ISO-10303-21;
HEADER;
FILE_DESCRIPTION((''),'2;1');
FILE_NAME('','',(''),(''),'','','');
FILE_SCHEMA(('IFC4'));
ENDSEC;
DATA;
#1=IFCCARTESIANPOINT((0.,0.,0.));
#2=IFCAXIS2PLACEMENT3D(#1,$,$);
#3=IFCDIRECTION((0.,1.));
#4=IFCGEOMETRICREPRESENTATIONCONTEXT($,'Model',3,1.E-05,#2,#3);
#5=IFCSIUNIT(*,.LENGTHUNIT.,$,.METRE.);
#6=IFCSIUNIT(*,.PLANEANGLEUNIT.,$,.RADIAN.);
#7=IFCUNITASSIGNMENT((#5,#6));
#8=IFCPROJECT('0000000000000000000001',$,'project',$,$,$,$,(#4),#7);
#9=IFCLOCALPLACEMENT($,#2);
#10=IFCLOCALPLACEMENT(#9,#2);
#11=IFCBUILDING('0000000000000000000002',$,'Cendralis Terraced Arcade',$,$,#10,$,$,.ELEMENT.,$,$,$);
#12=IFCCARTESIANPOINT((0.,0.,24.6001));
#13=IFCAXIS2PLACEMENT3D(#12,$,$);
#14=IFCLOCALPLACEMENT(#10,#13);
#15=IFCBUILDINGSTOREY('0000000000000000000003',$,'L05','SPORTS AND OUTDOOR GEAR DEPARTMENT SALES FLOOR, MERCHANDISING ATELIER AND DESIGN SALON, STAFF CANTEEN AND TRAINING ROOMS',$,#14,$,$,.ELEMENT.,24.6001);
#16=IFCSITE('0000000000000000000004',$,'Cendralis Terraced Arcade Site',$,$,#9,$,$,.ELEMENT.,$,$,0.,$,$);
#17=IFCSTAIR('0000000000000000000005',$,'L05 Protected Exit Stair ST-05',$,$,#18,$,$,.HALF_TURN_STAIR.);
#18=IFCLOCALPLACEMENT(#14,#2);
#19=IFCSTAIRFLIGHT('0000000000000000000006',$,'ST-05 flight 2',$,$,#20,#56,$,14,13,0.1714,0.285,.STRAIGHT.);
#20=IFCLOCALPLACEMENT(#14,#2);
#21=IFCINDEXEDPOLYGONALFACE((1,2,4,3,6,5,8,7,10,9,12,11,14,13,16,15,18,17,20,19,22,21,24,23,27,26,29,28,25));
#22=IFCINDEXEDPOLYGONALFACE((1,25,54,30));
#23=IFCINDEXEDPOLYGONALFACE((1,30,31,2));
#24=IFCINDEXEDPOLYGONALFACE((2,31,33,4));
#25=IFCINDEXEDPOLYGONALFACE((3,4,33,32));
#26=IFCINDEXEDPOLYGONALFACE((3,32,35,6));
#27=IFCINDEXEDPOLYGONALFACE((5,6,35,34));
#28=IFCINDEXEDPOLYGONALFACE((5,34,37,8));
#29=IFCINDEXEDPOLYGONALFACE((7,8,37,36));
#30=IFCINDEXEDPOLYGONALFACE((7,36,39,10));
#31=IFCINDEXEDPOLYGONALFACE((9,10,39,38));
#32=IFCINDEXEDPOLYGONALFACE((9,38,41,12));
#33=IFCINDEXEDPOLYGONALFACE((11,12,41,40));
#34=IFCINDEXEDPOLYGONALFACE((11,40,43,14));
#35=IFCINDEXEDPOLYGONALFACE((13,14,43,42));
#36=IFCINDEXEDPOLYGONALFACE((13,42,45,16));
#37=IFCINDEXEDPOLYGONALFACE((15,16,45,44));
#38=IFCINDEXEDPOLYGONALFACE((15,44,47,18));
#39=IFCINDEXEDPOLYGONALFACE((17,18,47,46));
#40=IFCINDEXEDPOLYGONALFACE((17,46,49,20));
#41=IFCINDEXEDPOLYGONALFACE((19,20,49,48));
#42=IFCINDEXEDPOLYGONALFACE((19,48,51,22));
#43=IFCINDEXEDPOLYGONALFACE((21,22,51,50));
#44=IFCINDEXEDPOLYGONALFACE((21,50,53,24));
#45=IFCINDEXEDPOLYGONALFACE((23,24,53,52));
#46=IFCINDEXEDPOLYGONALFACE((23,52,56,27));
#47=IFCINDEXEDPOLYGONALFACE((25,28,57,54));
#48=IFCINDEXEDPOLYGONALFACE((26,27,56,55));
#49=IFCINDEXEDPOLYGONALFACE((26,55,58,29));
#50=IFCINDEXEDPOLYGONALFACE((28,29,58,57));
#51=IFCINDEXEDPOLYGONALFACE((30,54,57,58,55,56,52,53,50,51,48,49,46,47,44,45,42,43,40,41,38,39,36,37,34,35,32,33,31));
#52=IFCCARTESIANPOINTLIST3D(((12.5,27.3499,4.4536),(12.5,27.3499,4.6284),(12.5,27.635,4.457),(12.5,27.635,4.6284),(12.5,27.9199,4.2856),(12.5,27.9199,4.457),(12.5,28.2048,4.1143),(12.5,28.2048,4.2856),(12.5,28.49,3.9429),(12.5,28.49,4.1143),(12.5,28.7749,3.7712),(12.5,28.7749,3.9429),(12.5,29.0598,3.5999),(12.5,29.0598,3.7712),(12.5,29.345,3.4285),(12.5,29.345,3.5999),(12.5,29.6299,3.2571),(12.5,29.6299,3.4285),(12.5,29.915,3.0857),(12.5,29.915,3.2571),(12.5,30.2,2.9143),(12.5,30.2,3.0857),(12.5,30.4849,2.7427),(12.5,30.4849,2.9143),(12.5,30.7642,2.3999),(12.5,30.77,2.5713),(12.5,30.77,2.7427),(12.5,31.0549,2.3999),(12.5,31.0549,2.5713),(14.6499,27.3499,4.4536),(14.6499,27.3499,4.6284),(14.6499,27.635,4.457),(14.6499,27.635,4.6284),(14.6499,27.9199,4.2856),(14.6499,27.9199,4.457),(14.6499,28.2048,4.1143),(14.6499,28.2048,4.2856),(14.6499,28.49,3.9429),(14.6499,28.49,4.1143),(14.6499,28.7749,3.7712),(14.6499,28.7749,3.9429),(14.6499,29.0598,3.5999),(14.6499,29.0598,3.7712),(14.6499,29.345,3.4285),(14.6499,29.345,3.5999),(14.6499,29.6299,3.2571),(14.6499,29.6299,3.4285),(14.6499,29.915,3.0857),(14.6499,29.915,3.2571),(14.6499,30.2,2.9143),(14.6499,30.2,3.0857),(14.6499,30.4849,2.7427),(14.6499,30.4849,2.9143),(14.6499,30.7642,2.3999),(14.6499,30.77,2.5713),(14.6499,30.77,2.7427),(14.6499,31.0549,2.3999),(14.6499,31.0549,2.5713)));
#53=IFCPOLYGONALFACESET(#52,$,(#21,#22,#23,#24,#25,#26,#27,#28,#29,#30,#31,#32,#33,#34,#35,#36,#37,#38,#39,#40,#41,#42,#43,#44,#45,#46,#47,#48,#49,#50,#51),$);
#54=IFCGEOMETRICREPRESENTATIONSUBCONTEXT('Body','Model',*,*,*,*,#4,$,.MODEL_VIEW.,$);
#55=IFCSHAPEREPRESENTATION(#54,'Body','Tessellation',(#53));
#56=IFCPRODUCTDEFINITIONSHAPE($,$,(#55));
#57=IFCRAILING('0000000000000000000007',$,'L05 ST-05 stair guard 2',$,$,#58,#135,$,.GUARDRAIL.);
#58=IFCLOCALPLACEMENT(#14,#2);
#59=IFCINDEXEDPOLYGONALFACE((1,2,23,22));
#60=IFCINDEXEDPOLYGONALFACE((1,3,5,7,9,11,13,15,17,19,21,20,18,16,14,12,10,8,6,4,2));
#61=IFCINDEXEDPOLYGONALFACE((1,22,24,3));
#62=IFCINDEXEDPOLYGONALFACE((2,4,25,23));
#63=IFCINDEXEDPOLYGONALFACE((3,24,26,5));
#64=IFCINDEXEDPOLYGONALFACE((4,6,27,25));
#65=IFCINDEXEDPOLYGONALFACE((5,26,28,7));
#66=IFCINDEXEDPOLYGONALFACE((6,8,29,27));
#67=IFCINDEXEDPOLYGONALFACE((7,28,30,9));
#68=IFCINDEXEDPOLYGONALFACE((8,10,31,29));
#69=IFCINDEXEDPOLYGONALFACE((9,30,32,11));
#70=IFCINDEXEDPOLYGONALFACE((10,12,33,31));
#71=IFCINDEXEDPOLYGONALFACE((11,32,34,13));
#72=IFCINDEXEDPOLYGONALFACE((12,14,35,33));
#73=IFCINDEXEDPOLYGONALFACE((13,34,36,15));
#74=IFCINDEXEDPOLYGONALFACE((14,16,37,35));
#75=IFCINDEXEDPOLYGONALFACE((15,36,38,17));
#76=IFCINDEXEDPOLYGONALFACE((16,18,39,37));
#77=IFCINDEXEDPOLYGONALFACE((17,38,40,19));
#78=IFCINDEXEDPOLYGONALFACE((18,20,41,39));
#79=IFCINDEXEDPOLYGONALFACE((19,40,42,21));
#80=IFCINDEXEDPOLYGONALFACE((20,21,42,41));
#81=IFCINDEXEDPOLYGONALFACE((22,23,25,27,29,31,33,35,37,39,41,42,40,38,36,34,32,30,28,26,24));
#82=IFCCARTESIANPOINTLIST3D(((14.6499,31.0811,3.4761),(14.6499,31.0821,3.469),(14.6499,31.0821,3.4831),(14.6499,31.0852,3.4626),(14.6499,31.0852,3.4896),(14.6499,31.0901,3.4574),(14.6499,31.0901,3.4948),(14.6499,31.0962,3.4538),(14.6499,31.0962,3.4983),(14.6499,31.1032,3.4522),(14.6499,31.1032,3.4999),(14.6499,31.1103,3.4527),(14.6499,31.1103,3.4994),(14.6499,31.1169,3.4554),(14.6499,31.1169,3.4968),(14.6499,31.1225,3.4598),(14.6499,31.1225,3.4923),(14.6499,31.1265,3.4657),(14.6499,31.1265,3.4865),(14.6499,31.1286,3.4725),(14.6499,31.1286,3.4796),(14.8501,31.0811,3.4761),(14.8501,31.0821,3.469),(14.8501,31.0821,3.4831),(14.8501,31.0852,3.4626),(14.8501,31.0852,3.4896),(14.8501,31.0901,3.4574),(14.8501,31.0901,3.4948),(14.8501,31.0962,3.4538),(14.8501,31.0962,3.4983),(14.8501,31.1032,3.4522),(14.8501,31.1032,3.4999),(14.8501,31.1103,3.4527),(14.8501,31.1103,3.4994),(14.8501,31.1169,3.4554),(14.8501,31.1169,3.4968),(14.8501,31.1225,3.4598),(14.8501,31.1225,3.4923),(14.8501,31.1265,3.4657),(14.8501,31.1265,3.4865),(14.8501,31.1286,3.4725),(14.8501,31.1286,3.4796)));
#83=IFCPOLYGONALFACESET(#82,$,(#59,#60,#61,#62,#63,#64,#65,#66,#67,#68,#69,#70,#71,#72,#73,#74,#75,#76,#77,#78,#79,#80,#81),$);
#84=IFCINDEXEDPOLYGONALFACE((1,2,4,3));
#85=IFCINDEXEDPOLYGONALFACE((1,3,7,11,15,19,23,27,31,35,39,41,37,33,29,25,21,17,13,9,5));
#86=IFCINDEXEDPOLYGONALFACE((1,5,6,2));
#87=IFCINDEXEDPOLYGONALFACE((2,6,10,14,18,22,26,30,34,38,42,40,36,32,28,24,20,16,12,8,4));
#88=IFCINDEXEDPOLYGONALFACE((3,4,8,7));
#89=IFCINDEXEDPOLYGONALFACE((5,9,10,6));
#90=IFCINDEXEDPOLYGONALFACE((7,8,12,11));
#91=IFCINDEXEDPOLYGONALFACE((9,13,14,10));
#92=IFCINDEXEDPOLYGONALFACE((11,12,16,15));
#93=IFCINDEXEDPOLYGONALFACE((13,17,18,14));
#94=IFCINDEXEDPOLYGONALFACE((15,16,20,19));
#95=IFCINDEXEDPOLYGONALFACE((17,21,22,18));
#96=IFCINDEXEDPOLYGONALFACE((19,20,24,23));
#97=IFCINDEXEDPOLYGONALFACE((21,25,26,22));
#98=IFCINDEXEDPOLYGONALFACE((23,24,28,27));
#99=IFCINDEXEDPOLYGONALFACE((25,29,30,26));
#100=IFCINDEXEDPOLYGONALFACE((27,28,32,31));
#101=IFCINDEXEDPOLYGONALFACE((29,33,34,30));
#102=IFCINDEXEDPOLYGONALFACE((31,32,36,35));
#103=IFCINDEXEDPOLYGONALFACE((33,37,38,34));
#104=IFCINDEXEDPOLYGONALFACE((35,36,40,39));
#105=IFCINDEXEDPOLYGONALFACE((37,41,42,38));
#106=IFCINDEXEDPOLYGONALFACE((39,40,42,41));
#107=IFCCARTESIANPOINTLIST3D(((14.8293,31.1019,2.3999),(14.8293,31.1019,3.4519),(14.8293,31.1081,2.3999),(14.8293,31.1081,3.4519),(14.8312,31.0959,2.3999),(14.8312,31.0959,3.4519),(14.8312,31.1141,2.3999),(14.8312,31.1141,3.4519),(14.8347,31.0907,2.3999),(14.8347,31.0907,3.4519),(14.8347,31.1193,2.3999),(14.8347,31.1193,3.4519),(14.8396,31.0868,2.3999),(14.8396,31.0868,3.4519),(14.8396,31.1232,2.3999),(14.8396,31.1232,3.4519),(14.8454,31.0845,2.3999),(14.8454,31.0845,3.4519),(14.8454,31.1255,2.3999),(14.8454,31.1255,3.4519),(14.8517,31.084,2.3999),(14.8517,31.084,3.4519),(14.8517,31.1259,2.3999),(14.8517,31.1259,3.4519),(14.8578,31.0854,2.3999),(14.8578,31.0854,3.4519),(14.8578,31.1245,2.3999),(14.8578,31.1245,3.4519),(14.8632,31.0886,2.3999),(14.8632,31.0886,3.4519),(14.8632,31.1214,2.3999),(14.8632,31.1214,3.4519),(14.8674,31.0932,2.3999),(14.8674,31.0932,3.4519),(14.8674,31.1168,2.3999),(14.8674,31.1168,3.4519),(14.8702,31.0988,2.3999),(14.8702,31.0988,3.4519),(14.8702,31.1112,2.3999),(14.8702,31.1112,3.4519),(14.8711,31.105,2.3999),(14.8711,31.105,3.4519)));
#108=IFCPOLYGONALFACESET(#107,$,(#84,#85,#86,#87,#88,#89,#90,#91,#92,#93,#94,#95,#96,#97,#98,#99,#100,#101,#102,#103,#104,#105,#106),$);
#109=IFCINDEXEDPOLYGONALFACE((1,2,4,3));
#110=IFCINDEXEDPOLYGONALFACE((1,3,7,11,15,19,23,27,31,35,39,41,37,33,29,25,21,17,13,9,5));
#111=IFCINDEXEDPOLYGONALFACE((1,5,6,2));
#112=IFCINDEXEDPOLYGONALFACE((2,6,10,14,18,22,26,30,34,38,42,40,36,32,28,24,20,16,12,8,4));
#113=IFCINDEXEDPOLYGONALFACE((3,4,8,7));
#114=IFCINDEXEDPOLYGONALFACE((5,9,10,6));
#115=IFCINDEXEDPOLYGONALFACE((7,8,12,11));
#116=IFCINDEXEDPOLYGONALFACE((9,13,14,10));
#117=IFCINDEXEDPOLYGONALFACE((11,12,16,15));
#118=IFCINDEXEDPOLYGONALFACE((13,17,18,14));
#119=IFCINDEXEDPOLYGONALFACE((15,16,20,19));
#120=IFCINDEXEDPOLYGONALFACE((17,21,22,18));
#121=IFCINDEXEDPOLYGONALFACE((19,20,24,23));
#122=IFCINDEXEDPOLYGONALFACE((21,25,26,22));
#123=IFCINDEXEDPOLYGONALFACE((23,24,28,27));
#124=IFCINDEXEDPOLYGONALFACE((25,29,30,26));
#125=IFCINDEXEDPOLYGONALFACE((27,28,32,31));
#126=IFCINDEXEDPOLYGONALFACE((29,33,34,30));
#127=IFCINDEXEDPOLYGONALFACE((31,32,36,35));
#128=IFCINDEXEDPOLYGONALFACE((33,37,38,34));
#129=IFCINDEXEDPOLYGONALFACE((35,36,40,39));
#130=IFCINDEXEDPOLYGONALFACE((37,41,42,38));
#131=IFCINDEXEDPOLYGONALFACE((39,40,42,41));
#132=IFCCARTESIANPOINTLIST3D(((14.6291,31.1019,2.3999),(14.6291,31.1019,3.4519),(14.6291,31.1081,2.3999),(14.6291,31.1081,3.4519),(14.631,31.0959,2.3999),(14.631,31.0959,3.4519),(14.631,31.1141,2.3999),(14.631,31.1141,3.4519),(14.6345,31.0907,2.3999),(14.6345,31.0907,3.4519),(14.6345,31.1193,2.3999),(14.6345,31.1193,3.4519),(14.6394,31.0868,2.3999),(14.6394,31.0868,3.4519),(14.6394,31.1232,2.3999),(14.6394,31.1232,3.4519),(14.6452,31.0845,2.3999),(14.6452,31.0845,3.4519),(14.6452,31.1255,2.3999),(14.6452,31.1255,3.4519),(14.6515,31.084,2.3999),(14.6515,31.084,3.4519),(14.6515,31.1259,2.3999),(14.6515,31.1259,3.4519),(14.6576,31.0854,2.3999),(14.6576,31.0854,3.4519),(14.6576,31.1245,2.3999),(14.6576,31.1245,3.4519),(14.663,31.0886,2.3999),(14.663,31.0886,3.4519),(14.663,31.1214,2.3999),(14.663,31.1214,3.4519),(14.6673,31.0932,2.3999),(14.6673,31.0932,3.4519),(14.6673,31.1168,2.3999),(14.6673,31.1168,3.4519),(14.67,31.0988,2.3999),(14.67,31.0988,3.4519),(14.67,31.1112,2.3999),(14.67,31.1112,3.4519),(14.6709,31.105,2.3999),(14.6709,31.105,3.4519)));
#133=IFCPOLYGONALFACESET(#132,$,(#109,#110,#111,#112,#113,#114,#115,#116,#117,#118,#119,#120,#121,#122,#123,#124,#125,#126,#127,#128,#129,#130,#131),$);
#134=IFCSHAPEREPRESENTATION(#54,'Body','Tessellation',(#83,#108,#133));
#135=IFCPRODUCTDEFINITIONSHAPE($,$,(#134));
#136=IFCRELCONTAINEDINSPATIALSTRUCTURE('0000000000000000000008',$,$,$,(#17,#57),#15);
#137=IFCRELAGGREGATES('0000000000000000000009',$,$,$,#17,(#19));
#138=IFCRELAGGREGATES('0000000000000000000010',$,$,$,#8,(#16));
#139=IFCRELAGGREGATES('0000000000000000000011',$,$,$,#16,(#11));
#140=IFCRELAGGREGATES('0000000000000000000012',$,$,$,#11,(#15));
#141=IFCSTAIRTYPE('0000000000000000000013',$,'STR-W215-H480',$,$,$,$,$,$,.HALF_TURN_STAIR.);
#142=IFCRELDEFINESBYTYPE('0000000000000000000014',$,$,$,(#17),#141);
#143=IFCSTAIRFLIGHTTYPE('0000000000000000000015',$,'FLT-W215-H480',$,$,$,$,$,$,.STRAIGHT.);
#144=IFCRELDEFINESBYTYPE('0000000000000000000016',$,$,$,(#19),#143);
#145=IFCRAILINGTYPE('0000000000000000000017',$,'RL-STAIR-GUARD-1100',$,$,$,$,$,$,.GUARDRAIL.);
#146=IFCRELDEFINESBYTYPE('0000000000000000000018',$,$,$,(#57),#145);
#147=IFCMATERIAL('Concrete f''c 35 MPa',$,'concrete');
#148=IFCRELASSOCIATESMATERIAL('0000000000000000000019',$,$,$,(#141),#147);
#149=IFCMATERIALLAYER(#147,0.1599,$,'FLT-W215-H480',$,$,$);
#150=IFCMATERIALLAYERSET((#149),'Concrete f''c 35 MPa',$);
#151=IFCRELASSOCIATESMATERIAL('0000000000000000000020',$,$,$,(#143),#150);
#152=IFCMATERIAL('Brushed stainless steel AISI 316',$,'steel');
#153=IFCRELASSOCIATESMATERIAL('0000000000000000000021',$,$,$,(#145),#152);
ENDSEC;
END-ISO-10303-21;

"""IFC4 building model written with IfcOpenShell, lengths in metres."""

from ifc_helpers import new_model, si_unit, direction, frame, origin, origin_2d, place, context, subcontext, project, spatial, polyline, circle, outline, extrude, material, layer, layer_set, type_object, element, aggregate, save


model = new_model("IFC4")

# Units and contexts
model_context = context("Model", 3, precision=1e-05, world=origin(), true_north=direction((0.0, 1.0)))
body_context = subcontext(model_context, "Body", "Model", "MODEL_VIEW")
ifc_project = project(units=[si_unit("LENGTHUNIT", "METRE"), si_unit("PLANEANGLEUNIT", "RADIAN")], contexts=[model_context])

# Site, building, storey
site_placement = place(None, origin())
site = spatial("IfcSite", under=ifc_project, at=site_placement, Name="Cendralis Terraced Arcade Site", CompositionType="ELEMENT", RefElevation=0.0)
building_placement = place(site_placement, origin())
building = spatial("IfcBuilding", under=site, at=building_placement, Name="Cendralis Terraced Arcade", CompositionType="ELEMENT")
storey_placement = place(building_placement, frame((0.0, 0.0, 24.6001)))
storey = spatial("IfcBuildingStorey", under=building, at=storey_placement, Name="L05", Description="SPORTS AND OUTDOOR GEAR DEPARTMENT SALES FLOOR, MERCHANDISING ATELIER AND DESIGN SALON, STAFF CANTEEN AND TRAINING ROOMS", CompositionType="ELEMENT", Elevation=24.6001)

# Shared definitions
ifc_material_1 = material(Name="Concrete f'c 35 MPa", Category="concrete")

# Stair, stair flight
stair_type = type_object("IfcStairType", Name="STR-W215-H480", PredefinedType="HALF_TURN_STAIR", material=ifc_material_1)
stair_placement = place(storey_placement, origin())
stair = element("IfcStair", 1, at=stair_placement, inside=storey, type_object=stair_type, Name="L05 Protected Exit Stair ST-05", PredefinedType="HALF_TURN_STAIR")
ifc_layer_1 = layer(ifc_material_1, 0.1599, Name="FLT-W215-H480")
ifc_layer_set_1 = layer_set([ifc_layer_1], Name="Concrete f'c 35 MPa")
stair_flight_type = type_object("IfcStairFlightType", Name="FLT-W215-H480", PredefinedType="STRAIGHT", material=ifc_layer_set_1)
stair_flight_placement = place(storey_placement, frame((13.575, 31.0549, 2.3999), z_axis=(0.0, 0.0, 1.0), x_axis=(0.0, -1.0, 0.0)))
stair_flight = element("IfcStairFlight", 2, at=stair_flight_placement, type_object=stair_flight_type, Name="ST-05 flight 2", NumberOfRisers=14, NumberOfTreads=13, PredefinedType="STRAIGHT", RiserHeight=0.1714, TreadLength=0.285, context=body_context, shape_type="SweptSolid", body=[
    extrude(outline(polyline([(0.0, 0.0), (0.0, 0.1714), (0.2849, 0.1714), (0.2849, 0.3428), (0.5701, 0.3428), (0.5701, 0.5144), (0.855, 0.5144), (0.855, 0.6858), (1.1399, 0.6858), (1.1399, 0.8572), (1.425, 0.8572), (1.425, 1.0286), (1.71, 1.0286), (1.71, 1.2), (1.9951, 1.2), (1.9951, 1.3713), (2.28, 1.3713), (2.28, 1.543), (2.5649, 1.543), (2.5649, 1.7144), (2.8501, 1.7144), (2.8501, 1.8857), (3.135, 1.8857), (3.135, 2.0571), (3.4199, 2.0571), (3.4199, 2.2285), (3.7051, 2.2285), (3.7051, 2.3999), (3.7051, 2.0537), (0.2908, 0.0), (0.0, 0.0)])), frame((0.0, 1.075, 0.0), z_axis=(0.0, -1.0, 0.0), x_axis=(1.0, 0.0, 0.0)), (0.0, 0.0, 1.0), 2.1499),
])
aggregate(stair, [stair_flight])

# Railing
ifc_material_2 = material(Name="Brushed stainless steel AISI 316", Category="steel")
railing_type = type_object("IfcRailingType", Name="RL-STAIR-GUARD-1100", PredefinedType="GUARDRAIL", material=ifc_material_2)
railing_1_placement = place(storey_placement, frame((14.8501, 31.105, 2.3999)))
element("IfcRailing", 3, at=railing_1_placement, inside=storey, type_object=railing_type, Name="L05 ST-05 stair guard 2", PredefinedType="GUARDRAIL", context=body_context, shape_type="SweptSolid", body=[
    extrude(circle(Radius=0.0239, at=origin_2d()), frame((0.0, 0.0, 1.0762), z_axis=(-1.0, 0.0, 0.0), x_axis=(0.0, -1.0, 0.0)), (0.0, 0.0, 1.0), 0.2002),
    extrude(circle(Radius=0.021, at=origin_2d()), origin(), (0.0, 0.0, 1.0), 1.052),
    extrude(circle(Radius=0.021, at=origin_2d()), frame((-0.2002, 0.0, 0.0)), (0.0, 0.0, 1.0), 1.052),
])

save(model, "model.ifc")
